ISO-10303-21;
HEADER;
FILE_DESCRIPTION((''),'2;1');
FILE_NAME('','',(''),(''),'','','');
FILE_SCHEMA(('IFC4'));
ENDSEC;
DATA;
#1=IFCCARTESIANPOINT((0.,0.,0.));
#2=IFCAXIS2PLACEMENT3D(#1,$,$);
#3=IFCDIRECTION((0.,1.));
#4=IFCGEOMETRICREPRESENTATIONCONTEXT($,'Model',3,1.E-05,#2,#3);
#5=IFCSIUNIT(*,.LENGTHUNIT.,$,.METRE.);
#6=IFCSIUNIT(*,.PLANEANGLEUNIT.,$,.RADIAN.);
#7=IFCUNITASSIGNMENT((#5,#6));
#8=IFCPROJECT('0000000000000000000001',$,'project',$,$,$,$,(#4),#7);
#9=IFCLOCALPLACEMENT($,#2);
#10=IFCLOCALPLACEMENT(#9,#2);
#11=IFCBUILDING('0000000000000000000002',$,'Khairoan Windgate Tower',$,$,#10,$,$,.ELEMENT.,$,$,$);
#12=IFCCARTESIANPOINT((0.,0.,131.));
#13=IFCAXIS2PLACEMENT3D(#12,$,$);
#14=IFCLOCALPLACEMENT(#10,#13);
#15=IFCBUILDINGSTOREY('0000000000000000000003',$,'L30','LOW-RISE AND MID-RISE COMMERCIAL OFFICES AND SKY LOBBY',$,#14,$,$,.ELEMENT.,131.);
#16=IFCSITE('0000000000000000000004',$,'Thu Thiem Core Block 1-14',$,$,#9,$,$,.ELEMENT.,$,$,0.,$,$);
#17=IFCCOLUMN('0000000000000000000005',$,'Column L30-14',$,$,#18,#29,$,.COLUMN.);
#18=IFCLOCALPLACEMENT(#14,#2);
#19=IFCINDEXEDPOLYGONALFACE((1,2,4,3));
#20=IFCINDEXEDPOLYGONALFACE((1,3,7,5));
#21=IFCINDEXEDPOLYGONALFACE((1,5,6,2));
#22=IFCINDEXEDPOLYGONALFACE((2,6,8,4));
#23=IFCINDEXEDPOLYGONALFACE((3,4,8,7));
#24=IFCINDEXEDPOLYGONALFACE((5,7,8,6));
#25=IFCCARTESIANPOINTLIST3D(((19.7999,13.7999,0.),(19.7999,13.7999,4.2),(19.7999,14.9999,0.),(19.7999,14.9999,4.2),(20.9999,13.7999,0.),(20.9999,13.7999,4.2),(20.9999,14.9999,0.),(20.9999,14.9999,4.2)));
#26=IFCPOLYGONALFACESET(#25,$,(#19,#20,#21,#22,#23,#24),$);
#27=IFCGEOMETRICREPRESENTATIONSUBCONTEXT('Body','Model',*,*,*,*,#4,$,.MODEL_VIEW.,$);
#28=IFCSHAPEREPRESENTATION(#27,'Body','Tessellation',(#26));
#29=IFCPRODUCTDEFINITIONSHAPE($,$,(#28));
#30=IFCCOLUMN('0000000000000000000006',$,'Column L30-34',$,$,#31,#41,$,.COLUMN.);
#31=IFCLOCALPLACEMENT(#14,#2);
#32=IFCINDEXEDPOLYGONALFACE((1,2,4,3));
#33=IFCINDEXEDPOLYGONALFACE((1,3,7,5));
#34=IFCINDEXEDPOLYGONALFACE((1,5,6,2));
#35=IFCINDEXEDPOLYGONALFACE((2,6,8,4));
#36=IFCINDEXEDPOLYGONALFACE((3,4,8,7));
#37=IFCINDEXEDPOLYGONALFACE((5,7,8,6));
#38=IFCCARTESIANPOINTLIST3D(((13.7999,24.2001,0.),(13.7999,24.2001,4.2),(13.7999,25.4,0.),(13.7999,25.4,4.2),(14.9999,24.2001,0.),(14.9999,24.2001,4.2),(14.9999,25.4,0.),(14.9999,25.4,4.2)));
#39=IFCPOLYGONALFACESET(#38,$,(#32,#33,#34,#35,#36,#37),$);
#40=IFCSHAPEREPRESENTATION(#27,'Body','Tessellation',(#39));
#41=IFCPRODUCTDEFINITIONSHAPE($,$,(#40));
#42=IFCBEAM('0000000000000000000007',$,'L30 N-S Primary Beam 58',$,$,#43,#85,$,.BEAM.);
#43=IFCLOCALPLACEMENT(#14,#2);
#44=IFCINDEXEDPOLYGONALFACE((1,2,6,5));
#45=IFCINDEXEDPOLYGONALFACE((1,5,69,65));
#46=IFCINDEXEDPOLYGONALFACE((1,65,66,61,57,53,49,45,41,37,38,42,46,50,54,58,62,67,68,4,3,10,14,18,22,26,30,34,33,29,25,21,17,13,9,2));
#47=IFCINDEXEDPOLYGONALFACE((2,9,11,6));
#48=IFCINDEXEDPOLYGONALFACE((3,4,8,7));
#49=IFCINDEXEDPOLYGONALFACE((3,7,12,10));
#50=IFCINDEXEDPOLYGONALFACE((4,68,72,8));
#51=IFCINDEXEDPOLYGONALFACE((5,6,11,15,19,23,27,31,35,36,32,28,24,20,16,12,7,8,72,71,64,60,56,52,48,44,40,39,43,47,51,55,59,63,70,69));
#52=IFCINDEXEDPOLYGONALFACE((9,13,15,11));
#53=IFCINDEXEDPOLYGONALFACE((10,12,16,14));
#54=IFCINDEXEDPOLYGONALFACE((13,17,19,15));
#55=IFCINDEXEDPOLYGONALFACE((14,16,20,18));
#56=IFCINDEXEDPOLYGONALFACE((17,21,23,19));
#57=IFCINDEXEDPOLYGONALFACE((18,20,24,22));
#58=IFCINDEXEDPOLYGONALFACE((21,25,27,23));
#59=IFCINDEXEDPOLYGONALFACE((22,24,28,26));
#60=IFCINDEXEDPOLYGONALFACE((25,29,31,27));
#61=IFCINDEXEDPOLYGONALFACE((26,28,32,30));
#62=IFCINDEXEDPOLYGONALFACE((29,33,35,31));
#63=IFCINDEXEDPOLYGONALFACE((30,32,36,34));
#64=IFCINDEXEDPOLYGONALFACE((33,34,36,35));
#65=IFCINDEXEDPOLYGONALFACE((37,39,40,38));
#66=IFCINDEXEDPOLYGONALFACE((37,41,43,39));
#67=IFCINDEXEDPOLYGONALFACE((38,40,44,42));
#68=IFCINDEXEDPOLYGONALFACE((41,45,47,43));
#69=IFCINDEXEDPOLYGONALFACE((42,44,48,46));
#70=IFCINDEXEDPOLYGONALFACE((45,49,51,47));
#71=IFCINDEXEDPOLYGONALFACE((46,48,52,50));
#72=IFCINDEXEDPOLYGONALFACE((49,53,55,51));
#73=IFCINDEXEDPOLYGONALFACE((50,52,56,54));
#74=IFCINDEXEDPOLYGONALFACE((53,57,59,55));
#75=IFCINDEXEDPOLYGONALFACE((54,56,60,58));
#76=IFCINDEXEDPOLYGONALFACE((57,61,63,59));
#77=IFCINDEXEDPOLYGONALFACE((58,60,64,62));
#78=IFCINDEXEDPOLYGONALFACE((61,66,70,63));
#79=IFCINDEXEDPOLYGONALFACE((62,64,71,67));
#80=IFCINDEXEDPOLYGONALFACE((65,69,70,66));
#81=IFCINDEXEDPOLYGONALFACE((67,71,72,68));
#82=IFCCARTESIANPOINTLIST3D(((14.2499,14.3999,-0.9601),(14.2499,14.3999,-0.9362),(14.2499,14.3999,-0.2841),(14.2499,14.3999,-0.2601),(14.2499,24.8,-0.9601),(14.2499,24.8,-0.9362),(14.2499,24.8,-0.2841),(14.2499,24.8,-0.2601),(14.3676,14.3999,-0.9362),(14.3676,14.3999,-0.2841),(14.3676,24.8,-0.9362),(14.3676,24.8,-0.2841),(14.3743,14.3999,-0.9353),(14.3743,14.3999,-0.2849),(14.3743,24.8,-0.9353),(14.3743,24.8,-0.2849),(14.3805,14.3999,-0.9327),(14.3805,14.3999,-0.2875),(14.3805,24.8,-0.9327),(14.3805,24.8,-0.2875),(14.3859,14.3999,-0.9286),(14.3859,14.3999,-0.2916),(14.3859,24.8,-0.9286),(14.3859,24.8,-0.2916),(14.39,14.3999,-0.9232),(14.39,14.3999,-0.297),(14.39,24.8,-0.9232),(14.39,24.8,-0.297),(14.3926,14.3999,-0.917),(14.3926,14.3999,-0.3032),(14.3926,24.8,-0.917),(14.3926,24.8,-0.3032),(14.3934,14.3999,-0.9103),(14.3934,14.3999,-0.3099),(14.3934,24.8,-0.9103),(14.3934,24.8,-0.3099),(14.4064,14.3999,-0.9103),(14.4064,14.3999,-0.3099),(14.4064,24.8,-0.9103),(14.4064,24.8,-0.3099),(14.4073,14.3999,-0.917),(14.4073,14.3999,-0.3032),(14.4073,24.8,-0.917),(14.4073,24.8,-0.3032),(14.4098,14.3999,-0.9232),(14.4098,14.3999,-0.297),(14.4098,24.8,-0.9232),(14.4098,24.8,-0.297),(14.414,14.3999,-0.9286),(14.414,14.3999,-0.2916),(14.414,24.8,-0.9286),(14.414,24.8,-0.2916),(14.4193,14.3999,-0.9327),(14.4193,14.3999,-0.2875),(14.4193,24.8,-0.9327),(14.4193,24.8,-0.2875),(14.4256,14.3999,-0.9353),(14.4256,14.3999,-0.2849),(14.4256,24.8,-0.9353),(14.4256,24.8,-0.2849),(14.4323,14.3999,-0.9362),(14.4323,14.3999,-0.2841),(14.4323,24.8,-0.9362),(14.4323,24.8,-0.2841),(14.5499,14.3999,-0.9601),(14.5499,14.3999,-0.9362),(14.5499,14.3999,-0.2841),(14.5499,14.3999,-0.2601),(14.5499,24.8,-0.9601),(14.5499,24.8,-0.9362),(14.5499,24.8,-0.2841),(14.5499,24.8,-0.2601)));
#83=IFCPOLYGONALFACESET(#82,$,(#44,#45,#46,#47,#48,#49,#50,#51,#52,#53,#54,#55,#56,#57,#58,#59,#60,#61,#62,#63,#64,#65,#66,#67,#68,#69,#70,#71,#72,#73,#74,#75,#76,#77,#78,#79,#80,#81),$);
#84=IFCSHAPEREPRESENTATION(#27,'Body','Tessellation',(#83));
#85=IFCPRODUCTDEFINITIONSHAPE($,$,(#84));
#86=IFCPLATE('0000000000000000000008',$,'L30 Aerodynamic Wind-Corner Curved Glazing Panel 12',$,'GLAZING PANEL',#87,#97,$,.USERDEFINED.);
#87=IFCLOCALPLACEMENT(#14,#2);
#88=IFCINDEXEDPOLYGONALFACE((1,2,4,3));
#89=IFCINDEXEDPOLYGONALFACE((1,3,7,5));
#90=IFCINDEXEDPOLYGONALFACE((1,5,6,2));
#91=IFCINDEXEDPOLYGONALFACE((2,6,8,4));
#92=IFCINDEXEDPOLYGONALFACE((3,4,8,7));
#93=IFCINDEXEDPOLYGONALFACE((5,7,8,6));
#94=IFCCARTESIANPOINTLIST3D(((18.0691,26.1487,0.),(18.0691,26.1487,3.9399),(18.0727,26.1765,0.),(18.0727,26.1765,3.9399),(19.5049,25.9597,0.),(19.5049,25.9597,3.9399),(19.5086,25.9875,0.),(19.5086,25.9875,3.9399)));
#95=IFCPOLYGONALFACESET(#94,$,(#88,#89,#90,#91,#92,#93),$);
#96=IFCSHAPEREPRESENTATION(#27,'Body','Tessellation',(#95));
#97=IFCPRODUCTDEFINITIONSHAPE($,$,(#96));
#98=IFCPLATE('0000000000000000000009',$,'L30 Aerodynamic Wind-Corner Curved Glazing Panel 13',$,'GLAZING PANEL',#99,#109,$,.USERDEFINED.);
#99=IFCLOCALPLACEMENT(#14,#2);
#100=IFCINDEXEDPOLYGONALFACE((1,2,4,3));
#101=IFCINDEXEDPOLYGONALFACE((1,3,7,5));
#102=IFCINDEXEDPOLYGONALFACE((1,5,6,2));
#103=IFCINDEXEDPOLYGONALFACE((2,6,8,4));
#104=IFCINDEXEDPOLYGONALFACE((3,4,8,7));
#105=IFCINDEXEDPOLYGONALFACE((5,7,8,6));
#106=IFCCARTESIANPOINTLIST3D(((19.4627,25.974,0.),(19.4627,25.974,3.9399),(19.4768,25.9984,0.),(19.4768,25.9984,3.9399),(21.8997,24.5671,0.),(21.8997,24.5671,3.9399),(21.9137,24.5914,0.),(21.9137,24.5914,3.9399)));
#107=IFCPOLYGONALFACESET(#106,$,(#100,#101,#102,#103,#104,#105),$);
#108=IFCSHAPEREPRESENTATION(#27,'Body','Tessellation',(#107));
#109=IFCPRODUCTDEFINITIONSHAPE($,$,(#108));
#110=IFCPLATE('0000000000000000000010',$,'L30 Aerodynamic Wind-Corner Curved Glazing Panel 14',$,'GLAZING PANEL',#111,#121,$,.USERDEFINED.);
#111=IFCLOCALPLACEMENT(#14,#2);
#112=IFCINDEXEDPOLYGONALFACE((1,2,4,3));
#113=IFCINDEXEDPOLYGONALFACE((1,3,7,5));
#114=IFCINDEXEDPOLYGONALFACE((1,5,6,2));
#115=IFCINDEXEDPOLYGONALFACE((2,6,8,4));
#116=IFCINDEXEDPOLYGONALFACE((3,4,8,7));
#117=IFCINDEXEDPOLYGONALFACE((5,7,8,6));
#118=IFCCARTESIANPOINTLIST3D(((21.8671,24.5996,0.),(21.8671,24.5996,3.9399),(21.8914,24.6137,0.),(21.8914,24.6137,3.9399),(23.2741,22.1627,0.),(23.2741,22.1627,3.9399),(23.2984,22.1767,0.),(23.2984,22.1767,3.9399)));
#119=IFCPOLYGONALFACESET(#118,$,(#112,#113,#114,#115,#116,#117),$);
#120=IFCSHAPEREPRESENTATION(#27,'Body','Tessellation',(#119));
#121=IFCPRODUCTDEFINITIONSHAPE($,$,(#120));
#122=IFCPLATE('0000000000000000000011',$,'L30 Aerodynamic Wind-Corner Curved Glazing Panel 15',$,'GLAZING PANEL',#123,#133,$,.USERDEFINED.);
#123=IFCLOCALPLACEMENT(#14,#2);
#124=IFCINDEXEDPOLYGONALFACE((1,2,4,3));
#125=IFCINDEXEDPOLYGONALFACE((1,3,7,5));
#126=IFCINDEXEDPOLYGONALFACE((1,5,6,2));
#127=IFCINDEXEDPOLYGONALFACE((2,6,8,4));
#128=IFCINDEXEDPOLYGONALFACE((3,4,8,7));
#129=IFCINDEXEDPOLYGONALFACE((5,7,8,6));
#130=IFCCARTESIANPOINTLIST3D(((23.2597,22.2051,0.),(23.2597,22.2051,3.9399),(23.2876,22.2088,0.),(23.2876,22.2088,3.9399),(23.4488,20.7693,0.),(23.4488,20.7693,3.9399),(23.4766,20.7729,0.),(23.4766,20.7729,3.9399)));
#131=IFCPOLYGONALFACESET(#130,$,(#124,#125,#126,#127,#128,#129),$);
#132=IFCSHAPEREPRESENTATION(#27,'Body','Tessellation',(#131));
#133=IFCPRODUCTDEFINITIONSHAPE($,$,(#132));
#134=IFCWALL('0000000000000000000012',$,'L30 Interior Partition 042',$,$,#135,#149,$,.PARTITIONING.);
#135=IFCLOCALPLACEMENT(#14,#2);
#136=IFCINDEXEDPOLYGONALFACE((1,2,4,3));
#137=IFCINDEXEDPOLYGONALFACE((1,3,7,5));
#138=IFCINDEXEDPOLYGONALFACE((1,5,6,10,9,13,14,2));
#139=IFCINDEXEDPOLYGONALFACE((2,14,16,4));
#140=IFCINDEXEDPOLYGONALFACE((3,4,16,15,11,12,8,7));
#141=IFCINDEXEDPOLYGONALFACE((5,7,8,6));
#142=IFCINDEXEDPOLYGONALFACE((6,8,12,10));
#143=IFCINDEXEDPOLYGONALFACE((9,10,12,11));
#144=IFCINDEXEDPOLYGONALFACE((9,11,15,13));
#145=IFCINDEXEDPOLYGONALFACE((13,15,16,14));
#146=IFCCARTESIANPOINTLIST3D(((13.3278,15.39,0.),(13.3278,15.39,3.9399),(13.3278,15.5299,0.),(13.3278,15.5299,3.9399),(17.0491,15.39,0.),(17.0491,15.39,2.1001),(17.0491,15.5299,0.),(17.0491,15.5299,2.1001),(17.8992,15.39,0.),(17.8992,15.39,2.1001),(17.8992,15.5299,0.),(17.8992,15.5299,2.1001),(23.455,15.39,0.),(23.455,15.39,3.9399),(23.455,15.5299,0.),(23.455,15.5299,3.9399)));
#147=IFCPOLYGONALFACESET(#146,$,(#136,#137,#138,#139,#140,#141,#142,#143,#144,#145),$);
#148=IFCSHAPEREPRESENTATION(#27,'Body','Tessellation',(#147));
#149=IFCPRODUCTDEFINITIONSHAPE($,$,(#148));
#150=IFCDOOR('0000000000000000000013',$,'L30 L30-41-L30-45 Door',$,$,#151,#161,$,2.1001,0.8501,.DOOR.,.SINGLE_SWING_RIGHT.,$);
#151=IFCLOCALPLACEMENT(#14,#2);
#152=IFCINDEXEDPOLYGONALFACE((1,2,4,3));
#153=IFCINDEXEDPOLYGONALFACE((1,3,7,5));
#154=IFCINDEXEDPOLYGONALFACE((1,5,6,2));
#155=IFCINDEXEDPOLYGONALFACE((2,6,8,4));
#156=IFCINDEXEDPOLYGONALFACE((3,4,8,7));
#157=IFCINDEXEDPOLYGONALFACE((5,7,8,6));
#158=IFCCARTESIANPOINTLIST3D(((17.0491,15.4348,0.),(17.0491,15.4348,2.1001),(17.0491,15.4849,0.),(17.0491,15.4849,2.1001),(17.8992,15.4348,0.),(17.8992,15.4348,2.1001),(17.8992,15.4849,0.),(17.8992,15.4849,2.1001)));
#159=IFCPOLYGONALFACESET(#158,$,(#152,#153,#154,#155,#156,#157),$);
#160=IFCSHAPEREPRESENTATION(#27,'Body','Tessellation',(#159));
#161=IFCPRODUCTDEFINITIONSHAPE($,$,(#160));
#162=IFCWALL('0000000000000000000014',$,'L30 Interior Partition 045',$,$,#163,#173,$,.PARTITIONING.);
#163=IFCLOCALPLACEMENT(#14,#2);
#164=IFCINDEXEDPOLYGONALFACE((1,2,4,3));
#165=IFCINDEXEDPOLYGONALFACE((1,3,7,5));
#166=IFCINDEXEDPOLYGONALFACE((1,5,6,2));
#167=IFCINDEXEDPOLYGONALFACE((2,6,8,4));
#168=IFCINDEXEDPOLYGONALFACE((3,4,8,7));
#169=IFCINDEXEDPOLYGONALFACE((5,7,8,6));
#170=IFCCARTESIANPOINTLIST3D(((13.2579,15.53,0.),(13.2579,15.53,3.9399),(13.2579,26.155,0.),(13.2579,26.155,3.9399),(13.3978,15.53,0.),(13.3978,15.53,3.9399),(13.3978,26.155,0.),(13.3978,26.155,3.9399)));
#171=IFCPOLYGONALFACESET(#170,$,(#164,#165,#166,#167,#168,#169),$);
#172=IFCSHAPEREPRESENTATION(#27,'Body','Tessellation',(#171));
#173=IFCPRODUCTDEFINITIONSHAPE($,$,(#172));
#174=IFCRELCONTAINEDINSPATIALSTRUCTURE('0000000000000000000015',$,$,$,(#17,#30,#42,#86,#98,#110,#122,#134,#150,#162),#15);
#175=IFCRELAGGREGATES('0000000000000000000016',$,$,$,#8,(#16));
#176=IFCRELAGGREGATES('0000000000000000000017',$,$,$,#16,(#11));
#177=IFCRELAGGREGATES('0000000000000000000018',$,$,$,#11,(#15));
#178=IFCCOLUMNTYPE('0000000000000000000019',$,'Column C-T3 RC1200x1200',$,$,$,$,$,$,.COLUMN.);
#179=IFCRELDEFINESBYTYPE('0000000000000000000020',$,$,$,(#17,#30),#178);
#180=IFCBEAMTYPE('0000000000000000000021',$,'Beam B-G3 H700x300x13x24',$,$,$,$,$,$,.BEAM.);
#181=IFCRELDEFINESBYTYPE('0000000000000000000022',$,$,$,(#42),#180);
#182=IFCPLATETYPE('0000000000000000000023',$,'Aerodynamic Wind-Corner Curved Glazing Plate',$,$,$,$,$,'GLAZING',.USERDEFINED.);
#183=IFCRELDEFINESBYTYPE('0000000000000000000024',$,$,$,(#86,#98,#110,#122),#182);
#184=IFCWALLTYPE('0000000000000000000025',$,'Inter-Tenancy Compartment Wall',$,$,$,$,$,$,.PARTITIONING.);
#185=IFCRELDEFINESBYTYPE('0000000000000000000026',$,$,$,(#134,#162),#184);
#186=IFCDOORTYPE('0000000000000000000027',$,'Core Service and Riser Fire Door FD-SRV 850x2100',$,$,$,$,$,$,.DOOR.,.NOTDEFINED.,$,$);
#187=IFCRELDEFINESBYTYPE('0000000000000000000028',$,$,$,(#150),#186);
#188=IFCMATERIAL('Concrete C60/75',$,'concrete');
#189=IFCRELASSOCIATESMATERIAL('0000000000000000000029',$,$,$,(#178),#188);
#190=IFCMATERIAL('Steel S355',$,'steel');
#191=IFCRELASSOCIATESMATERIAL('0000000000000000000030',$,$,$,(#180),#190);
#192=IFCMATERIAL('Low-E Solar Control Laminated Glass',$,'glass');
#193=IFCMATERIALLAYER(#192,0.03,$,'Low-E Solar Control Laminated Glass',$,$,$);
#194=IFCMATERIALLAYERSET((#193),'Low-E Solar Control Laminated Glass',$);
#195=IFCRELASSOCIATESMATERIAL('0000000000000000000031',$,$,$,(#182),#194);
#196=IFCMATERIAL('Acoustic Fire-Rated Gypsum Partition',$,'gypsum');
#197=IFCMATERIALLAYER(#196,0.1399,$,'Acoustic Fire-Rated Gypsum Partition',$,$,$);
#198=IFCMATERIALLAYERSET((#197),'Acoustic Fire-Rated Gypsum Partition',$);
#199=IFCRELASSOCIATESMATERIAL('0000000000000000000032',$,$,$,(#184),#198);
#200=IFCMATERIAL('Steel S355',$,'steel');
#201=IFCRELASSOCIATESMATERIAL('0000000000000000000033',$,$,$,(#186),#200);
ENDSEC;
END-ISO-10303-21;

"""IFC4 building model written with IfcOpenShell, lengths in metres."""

from ifc_helpers import new_model, si_unit, direction, frame, frame_2d, origin, origin_2d, place, context, subcontext, project, spatial, rectangle, i_section, extrude, material, layer, layer_set, material_profile, profile_set, type_object, element, fill, save


model = new_model("IFC4")

# Units and contexts
model_context = context("Model", 3, precision=1e-05, world=origin(), true_north=direction((0.0, 1.0)))
body_context = subcontext(model_context, "Body", "Model", "MODEL_VIEW")
ifc_project = project(units=[si_unit("LENGTHUNIT", "METRE"), si_unit("PLANEANGLEUNIT", "RADIAN")], contexts=[model_context])

# Site, building, storey
site_placement = place(None, origin())
site = spatial("IfcSite", under=ifc_project, at=site_placement, Name="Thu Thiem Core Block 1-14", CompositionType="ELEMENT", RefElevation=0.0)
building_placement = place(site_placement, origin())
building = spatial("IfcBuilding", under=site, at=building_placement, Name="Khairoan Windgate Tower", CompositionType="ELEMENT")
storey_placement = place(building_placement, frame((0.0, 0.0, 131.0)))
storey = spatial("IfcBuildingStorey", under=building, at=storey_placement, Name="L30", Description="LOW-RISE AND MID-RISE COMMERCIAL OFFICES AND SKY LOBBY", CompositionType="ELEMENT", Elevation=131.0)

# Columns
ifc_material_1 = material(Name="Concrete C60/75", Category="concrete")
ifc_material_profile_1 = material_profile(ifc_material_1, rectangle(XDim=1.2, YDim=1.2, at=origin_2d()))
ifc_profile_set_1 = profile_set([ifc_material_profile_1], Name="Concrete C60/75")
column_type = type_object("IfcColumnType", Name="Column C-T3 RC1200x1200", PredefinedType="COLUMN", material=ifc_profile_set_1)
for number, where, z_axis, x_axis, name in (
    (1, (20.3999, 14.3999, 0.0), (0.0, 0.0, 1.0), (1.0, 0.0, 0.0), "Column L30-14"),
    (2, (14.3999, 24.8, 0.0), (0.0, 0.0, 1.0), (1.0, 0.0, 0.0), "Column L30-34"),
):
    element("IfcColumn", number, at=place(storey_placement, frame(where, z_axis=z_axis, x_axis=x_axis)), inside=storey, type_object=column_type, Name=name, PredefinedType="COLUMN", context=body_context, shape_type="SweptSolid", body=[
        extrude(rectangle(XDim=1.2, YDim=1.2, at=origin_2d()), origin(), (0.0, 0.0, 1.0), 4.2),
    ])

# Beam
ifc_material_2 = material(Name="Steel S355", Category="steel")
ifc_material_profile_2 = material_profile(ifc_material_2, i_section(OverallWidth=0.3, OverallDepth=0.7, WebThickness=0.0129, FlangeThickness=0.0239, FilletRadius=0.0259, at=origin_2d()))
ifc_profile_set_2 = profile_set([ifc_material_profile_2], Name="Steel S355")
beam_type = type_object("IfcBeamType", Name="Beam B-G3 H700x300x13x24", PredefinedType="BEAM", material=ifc_profile_set_2)
beam_placement = place(storey_placement, frame((14.3999, 14.3999, -0.6101), z_axis=(0.0, 1.0, 0.0), x_axis=(-1.0, 0.0, 0.0)))
element("IfcBeam", 3, at=beam_placement, inside=storey, type_object=beam_type, Name="L30 N-S Primary Beam 58", PredefinedType="BEAM", context=body_context, shape_type="SweptSolid", body=[
    extrude(i_section(OverallWidth=0.3, OverallDepth=0.7, WebThickness=0.0129, FlangeThickness=0.0239, FilletRadius=0.0259, at=origin_2d()), origin(), (0.0, 0.0, 1.0), 10.4001),
])

# Plates
ifc_material_3 = material(Name="Low-E Solar Control Laminated Glass", Category="glass")
ifc_layer_1 = layer(ifc_material_3, 0.03, Name="Low-E Solar Control Laminated Glass")
ifc_layer_set_1 = layer_set([ifc_layer_1], Name="Low-E Solar Control Laminated Glass")
plate_type_1 = type_object("IfcPlateType", Name="Aerodynamic Wind-Corner Curved Glazing Plate", ElementType="GLAZING", PredefinedType="USERDEFINED", material=ifc_layer_set_1)
plate_1_placement = place(storey_placement, frame((18.7888, 26.0681, 0.0), z_axis=(0.0, 0.0, 1.0), x_axis=(0.991445, -0.130526, 0.0)))
element("IfcPlate", 4, at=plate_1_placement, inside=storey, type_object=plate_type_1, Name="L30 Aerodynamic Wind-Corner Curved Glazing Panel 12", ObjectType="GLAZING PANEL", PredefinedType="USERDEFINED", context=body_context, shape_type="SweptSolid", body=[
    extrude(rectangle(XDim=1.4482, YDim=0.0281, at=origin_2d()), origin(), (0.0, 0.0, 1.0), 3.9399),
])
for number, where, z_axis, x_axis, name in (
    (5, (20.6882, 25.2827, 0.0), (0.0, 0.0, 1.0), (0.866025, -0.5, 0.0), "L30 Aerodynamic Wind-Corner Curved Glazing Panel 13"),
    (6, (22.5828, 23.3882, 0.0), (0.0, 0.0, 1.0), (0.5, -0.866025, 0.0), "L30 Aerodynamic Wind-Corner Curved Glazing Panel 14"),
):
    element("IfcPlate", number, at=place(storey_placement, frame(where, z_axis=z_axis, x_axis=x_axis)), inside=storey, type_object=plate_type_1, Name=name, ObjectType="GLAZING PANEL", PredefinedType="USERDEFINED", context=body_context, shape_type="SweptSolid", body=[
        extrude(rectangle(XDim=2.814, YDim=0.0281, at=origin_2d()), origin(), (0.0, 0.0, 1.0), 3.9399),
    ])
plate_2_placement = place(storey_placement, frame((23.3682, 21.489, 0.0), z_axis=(0.0, 0.0, 1.0), x_axis=(0.130526, -0.991445, 0.0)))
element("IfcPlate", 7, at=plate_2_placement, inside=storey, type_object=plate_type_1, Name="L30 Aerodynamic Wind-Corner Curved Glazing Panel 15", ObjectType="GLAZING PANEL", PredefinedType="USERDEFINED", context=body_context, shape_type="SweptSolid", body=[
    extrude(rectangle(XDim=1.4482, YDim=0.0281, at=origin_2d()), origin(), (0.0, 0.0, 1.0), 3.9399),
])

# Wall, opening, door
ifc_material_4 = material(Name="Acoustic Fire-Rated Gypsum Partition", Category="gypsum")
ifc_layer_2 = layer(ifc_material_4, 0.1399, Name="Acoustic Fire-Rated Gypsum Partition")
ifc_layer_set_2 = layer_set([ifc_layer_2], Name="Acoustic Fire-Rated Gypsum Partition")
wall_type = type_object("IfcWallType", Name="Inter-Tenancy Compartment Wall", PredefinedType="PARTITIONING", material=ifc_layer_set_2)
wall_1_placement = place(storey_placement, frame((13.3279, 15.46, 0.0), z_axis=(0.0, 0.0, 1.0), x_axis=(1.0, 0.0, 0.0)))
wall_1 = element("IfcWall", 8, at=wall_1_placement, inside=storey, type_object=wall_type, Name="L30 Interior Partition 042", PredefinedType="PARTITIONING", context=body_context, shape_type="SweptSolid", body=[
    extrude(rectangle(XDim=10.1272, YDim=0.1399, at=frame_2d((5.0635, 0.0))), origin(), (0.0, 0.0, 1.0), 3.9399),
])
opening_placement = place(wall_1_placement, frame((3.7212, 0.0, 0.0)))
opening = element("IfcOpeningElement", 9, at=opening_placement, cuts=wall_1, PredefinedType="OPENING", context=body_context, shape_type="SweptSolid", body=[
    extrude(rectangle(XDim=0.8501, YDim=2.1001, at=frame_2d((0.425, 1.05))), frame((0.0, 0.0798, 0.0), z_axis=(0.0, -1.0, 0.0), x_axis=(1.0, 0.0, 0.0)), (0.0, 0.0, 1.0), 0.1599),
])
ifc_material_5 = material(Name="Steel S355", Category="steel")
door_type = type_object("IfcDoorType", Name="Core Service and Riser Fire Door FD-SRV 850x2100", OperationType="NOTDEFINED", PredefinedType="DOOR", material=ifc_material_5)
door_placement = place(opening_placement, origin())
door = element("IfcDoor", 10, at=door_placement, inside=storey, type_object=door_type, Name="L30 L30-41-L30-45 Door", OperationType="SINGLE_SWING_RIGHT", OverallHeight=2.1001, OverallWidth=0.8501, PredefinedType="DOOR", context=body_context, shape_type="SweptSolid", body=[
    extrude(rectangle(XDim=0.8501, YDim=2.1001, at=frame_2d((0.425, 1.05))), frame((0.0, 0.0249, 0.0), z_axis=(0.0, -1.0, 0.0), x_axis=(1.0, 0.0, 0.0)), (0.0, 0.0, 1.0), 0.05),
])
fill(opening, door)

# Wall
wall_2_placement = place(storey_placement, frame((13.3279, 15.53, 0.0), z_axis=(0.0, 0.0, 1.0), x_axis=(0.0, 1.0, 0.0)))
element("IfcWall", 11, at=wall_2_placement, inside=storey, type_object=wall_type, Name="L30 Interior Partition 045", PredefinedType="PARTITIONING", context=body_context, shape_type="SweptSolid", body=[
    extrude(rectangle(XDim=10.625, YDim=0.1399, at=frame_2d((5.3125, 0.0))), origin(), (0.0, 0.0, 1.0), 3.9399),
])

save(model, "model.ifc")
